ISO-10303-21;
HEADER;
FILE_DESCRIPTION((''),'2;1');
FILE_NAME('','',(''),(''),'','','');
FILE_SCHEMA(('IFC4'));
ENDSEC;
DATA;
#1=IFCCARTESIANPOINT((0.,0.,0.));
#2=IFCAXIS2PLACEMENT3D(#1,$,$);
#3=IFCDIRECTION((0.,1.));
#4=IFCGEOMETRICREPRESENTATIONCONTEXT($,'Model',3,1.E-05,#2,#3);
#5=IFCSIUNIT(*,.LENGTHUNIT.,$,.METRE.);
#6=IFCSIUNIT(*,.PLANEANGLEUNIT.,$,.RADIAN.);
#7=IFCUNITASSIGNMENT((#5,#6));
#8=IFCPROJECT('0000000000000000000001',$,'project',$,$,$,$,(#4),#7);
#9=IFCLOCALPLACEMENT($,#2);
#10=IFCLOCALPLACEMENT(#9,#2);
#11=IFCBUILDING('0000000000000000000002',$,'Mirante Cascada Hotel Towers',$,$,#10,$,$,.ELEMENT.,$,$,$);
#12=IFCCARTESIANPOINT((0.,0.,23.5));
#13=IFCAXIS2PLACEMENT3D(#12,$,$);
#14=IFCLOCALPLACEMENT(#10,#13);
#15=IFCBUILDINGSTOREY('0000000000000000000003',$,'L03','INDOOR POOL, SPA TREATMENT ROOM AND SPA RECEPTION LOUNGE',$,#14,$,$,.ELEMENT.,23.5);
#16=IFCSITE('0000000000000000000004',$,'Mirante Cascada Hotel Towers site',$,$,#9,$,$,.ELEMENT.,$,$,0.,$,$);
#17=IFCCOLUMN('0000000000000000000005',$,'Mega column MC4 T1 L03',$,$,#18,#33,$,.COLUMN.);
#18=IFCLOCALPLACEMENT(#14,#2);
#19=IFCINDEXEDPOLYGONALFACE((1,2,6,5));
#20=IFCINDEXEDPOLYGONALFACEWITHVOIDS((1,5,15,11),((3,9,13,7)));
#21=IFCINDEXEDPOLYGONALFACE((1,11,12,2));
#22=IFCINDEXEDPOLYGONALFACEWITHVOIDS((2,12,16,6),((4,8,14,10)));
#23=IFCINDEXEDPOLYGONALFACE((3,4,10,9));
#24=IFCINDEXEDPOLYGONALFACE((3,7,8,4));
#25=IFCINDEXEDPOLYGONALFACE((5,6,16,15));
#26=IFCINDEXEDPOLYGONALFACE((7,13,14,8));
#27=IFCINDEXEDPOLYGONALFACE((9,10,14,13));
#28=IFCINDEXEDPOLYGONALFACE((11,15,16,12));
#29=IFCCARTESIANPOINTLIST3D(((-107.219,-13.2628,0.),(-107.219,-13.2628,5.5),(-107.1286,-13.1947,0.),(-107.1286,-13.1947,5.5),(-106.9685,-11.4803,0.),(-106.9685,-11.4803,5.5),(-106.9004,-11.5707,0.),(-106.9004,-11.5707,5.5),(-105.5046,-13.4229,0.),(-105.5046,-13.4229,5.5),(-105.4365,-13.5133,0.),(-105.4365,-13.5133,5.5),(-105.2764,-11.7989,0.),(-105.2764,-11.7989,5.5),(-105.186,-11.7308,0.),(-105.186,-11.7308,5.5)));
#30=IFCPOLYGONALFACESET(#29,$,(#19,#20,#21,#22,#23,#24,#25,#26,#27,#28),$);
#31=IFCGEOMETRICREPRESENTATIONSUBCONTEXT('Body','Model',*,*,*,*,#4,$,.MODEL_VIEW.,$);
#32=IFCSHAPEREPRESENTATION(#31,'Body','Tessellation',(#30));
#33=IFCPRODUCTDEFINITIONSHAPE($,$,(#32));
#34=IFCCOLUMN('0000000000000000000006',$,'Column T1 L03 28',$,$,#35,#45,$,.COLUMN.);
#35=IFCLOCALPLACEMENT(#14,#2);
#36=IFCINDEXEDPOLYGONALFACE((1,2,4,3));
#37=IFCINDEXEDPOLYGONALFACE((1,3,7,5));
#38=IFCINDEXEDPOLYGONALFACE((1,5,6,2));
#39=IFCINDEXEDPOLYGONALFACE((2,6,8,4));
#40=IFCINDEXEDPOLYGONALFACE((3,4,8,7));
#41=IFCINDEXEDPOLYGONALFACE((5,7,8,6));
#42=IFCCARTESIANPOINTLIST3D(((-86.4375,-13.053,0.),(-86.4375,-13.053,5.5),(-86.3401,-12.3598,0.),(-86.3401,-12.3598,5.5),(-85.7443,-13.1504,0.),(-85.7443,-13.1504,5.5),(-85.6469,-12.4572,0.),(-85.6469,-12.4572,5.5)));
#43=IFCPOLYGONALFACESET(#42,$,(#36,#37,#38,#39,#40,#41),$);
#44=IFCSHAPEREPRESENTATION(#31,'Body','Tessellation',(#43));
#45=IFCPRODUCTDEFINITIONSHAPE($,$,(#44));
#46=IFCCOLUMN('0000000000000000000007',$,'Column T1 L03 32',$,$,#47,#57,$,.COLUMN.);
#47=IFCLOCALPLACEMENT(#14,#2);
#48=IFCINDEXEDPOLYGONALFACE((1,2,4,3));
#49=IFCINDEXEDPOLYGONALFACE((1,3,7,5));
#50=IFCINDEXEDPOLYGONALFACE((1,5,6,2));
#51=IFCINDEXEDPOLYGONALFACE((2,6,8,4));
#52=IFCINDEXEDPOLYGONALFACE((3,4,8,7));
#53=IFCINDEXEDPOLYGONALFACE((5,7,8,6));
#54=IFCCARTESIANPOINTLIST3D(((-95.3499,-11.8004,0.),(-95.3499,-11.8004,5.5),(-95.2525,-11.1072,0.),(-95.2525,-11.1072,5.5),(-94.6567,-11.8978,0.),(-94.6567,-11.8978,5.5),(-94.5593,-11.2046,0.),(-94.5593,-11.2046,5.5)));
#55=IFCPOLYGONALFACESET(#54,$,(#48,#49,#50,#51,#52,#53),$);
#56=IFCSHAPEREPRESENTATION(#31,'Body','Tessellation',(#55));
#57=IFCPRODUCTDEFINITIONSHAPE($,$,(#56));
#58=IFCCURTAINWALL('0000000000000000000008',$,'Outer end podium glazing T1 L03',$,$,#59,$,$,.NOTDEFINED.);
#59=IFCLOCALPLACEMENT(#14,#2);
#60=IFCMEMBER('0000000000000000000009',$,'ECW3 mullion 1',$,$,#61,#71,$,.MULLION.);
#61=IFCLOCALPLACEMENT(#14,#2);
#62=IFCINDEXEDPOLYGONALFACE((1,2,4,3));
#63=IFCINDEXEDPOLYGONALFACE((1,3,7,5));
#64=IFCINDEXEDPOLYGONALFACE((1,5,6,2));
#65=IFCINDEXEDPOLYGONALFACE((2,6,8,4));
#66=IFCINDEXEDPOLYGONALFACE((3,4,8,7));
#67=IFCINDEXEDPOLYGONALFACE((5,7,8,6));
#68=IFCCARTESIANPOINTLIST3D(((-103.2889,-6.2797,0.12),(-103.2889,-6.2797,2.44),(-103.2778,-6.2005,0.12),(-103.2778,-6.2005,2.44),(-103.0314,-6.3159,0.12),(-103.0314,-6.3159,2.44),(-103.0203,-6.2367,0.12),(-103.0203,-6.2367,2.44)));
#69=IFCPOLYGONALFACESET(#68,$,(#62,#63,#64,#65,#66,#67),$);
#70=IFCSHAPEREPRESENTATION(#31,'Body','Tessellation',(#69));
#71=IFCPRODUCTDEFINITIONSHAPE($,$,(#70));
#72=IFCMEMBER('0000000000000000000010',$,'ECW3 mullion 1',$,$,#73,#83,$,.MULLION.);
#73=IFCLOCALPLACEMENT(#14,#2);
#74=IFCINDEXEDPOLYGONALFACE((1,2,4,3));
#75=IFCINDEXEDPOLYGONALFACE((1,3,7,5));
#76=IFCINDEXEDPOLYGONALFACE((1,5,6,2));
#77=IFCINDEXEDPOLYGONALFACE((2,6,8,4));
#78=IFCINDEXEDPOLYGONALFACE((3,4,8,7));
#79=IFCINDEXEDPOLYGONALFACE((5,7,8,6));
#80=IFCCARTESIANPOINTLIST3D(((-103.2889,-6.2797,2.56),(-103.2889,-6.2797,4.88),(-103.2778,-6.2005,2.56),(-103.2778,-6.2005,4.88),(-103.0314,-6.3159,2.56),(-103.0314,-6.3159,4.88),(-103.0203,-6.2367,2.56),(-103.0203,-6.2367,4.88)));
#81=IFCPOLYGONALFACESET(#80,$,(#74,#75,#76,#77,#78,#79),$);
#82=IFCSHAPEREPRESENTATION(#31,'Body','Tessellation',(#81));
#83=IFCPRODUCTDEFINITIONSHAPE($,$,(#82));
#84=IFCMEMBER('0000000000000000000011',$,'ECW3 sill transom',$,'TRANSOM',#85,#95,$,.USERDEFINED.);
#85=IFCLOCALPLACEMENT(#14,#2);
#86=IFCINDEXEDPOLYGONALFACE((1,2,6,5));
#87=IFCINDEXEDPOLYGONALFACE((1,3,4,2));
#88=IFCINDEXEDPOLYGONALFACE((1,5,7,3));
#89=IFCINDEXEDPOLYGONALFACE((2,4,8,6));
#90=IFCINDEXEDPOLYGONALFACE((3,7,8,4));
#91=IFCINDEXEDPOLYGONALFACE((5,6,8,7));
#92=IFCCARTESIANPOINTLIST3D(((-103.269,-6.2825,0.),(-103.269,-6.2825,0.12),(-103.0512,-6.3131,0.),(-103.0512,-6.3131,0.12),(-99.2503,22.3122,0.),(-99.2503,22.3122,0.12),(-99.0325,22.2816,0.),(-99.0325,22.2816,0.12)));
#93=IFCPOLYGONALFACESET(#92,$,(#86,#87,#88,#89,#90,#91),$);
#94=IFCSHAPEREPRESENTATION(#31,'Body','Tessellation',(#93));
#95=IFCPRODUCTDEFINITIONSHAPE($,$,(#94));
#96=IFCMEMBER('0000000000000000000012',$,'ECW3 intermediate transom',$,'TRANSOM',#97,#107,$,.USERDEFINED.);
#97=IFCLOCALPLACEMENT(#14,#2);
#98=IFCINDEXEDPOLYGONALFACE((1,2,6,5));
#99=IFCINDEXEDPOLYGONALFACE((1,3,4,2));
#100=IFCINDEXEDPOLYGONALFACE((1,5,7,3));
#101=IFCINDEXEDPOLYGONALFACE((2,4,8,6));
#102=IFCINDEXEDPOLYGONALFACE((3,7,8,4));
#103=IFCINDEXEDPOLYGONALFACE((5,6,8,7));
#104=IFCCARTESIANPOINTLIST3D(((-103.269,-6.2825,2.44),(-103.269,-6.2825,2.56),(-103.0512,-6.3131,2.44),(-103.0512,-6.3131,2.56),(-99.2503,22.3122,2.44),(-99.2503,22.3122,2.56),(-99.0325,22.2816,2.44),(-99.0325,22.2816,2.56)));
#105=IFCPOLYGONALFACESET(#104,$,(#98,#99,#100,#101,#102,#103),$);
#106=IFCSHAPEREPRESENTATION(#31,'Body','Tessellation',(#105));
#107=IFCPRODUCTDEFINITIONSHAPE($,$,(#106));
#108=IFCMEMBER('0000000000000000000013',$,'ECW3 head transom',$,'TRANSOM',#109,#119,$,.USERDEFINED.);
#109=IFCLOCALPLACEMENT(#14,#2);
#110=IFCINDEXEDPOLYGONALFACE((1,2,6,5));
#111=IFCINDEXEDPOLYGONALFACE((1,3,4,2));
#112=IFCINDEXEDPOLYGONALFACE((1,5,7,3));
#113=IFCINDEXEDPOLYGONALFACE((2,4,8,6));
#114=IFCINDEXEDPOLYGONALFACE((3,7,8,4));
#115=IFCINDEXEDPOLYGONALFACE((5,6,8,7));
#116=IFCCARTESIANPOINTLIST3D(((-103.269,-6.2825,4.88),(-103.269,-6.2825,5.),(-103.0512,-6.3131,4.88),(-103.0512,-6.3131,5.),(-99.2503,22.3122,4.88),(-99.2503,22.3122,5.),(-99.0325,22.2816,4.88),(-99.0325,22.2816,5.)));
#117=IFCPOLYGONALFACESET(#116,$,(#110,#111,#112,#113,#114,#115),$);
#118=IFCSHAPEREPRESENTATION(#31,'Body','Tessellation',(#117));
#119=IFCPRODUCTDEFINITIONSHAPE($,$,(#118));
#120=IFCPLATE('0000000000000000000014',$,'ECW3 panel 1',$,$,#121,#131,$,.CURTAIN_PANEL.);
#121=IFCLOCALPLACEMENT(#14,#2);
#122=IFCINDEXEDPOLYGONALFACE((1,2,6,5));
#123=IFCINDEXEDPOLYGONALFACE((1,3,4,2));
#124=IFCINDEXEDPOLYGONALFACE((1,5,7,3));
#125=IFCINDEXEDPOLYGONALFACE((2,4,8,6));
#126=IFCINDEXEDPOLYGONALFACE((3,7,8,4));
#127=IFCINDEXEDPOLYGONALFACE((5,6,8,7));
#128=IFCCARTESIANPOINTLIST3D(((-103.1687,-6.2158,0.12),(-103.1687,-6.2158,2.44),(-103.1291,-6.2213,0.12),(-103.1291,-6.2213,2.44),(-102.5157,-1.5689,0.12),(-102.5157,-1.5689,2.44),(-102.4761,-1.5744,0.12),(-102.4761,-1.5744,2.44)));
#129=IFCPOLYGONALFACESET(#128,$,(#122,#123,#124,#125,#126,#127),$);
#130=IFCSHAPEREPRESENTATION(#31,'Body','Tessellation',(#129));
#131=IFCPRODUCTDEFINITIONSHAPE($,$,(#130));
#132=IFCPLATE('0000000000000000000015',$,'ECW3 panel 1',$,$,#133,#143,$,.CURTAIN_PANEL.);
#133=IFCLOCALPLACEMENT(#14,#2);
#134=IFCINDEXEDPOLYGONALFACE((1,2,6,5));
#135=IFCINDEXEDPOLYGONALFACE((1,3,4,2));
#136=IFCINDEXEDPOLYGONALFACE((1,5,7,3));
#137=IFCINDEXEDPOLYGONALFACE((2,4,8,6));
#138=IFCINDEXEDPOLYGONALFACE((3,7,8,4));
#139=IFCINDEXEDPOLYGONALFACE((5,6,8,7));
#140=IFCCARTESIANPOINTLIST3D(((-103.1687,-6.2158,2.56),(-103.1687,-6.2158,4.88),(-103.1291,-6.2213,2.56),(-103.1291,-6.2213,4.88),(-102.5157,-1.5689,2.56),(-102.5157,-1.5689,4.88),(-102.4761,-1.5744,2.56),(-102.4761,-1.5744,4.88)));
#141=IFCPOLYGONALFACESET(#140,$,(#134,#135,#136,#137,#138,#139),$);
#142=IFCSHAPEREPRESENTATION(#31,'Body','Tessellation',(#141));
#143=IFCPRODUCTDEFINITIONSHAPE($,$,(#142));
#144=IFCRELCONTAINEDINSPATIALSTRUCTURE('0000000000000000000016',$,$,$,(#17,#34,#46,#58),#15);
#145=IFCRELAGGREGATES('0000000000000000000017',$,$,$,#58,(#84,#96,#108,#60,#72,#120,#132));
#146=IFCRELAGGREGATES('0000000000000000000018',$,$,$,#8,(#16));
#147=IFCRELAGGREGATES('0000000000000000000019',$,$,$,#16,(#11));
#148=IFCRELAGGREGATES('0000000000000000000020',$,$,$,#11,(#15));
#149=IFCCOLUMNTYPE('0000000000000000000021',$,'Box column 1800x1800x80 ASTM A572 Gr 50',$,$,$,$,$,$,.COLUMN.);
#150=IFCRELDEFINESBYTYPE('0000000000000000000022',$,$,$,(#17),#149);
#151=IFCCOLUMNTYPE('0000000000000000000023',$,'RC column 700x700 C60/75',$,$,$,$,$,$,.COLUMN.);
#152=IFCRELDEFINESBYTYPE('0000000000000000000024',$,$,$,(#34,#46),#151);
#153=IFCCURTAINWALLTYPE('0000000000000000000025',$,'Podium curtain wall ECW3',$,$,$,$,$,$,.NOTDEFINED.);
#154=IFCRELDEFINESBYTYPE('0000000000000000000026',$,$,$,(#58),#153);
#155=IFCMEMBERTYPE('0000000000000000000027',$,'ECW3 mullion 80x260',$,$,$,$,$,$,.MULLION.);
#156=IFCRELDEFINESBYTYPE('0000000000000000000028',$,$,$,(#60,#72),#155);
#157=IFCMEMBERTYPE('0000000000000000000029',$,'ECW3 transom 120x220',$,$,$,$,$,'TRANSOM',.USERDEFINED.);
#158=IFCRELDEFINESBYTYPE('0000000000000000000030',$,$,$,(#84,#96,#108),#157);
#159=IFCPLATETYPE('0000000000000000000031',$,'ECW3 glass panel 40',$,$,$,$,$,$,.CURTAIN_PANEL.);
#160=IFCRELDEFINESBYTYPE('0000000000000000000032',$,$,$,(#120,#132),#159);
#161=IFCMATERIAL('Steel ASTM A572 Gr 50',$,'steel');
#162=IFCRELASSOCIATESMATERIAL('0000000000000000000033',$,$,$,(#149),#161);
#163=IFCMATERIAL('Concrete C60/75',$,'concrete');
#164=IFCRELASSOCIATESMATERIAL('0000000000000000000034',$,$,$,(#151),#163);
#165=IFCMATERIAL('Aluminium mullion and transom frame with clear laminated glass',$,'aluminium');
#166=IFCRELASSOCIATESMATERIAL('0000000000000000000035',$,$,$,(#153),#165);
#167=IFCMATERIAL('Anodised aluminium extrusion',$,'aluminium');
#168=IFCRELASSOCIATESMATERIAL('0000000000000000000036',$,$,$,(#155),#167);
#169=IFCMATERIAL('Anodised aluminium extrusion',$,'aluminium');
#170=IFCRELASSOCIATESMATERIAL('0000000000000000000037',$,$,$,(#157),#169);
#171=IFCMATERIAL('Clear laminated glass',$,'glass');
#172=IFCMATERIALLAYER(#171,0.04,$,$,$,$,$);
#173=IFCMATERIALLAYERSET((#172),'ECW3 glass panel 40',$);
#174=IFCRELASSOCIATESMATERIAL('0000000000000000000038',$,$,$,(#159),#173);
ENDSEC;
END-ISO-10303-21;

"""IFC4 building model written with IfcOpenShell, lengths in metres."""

from ifc_helpers import new_model, si_unit, direction, frame, origin, origin_2d, place, context, subcontext, project, spatial, rectangle, hollow_rectangle, extrude, material, layer, layer_set, material_profile, profile_set, type_object, element, aggregate, save


model = new_model("IFC4")

# Units and contexts
model_context = context("Model", 3, precision=1e-05, world=origin(), true_north=direction((0.0, 1.0)))
body_context = subcontext(model_context, "Body", "Model", "MODEL_VIEW")
ifc_project = project(units=[si_unit("LENGTHUNIT", "METRE"), si_unit("PLANEANGLEUNIT", "RADIAN")], contexts=[model_context])

# Site, building, storey
site_placement = place(None, origin())
site = spatial("IfcSite", under=ifc_project, at=site_placement, Name="Mirante Cascada Hotel Towers site", CompositionType="ELEMENT", RefElevation=0.0)
building_placement = place(site_placement, origin())
building = spatial("IfcBuilding", under=site, at=building_placement, Name="Mirante Cascada Hotel Towers", CompositionType="ELEMENT")
storey_placement = place(building_placement, frame((0.0, 0.0, 23.5)))
storey = spatial("IfcBuildingStorey", under=building, at=storey_placement, Name="L03", Description="INDOOR POOL, SPA TREATMENT ROOM AND SPA RECEPTION LOUNGE", CompositionType="ELEMENT", Elevation=23.5)

# Columns
ifc_material_1 = material(Name="Steel ASTM A572 Gr 50", Category="steel")
ifc_material_profile_1 = material_profile(ifc_material_1, hollow_rectangle(XDim=1.8, YDim=1.8, WallThickness=0.08, at=origin_2d()), Name="Box column 1800x1800x80 ASTM A572 Gr 50")
ifc_profile_set_1 = profile_set([ifc_material_profile_1], Name="Steel ASTM A572 Gr 50")
column_type_1 = type_object("IfcColumnType", Name="Box column 1800x1800x80 ASTM A572 Gr 50", PredefinedType="COLUMN", material=ifc_profile_set_1)
column_placement = place(storey_placement, frame((-106.2025, -12.4968, 0.0), z_axis=(0.0, 0.0, 1.0), x_axis=(-0.990268, 0.139173, 0.0)))
element("IfcColumn", 1, at=column_placement, inside=storey, type_object=column_type_1, Name="Mega column MC4 T1 L03", PredefinedType="COLUMN", context=body_context, shape_type="SweptSolid", body=[
    extrude(hollow_rectangle(XDim=1.8, YDim=1.8, WallThickness=0.08, at=origin_2d()), origin(), (0.0, 0.0, 1.0), 5.5),
])
ifc_material_2 = material(Name="Concrete C60/75", Category="concrete")
ifc_material_profile_2 = material_profile(ifc_material_2, rectangle(XDim=0.7, YDim=0.7, at=origin_2d()), Name="RC column 700x700 C60/75")
ifc_profile_set_2 = profile_set([ifc_material_profile_2], Name="Concrete C60/75")
column_type_2 = type_object("IfcColumnType", Name="RC column 700x700 C60/75", PredefinedType="COLUMN", material=ifc_profile_set_2)
for number, where, z_axis, x_axis, name in (
    (2, (-86.0422, -12.7551, 0.0), (0.0, 0.0, 1.0), (-0.990268, 0.139173, 0.0), "Column T1 L03 28"),
    (3, (-94.9546, -11.5025, 0.0), (0.0, 0.0, 1.0), (-0.990268, 0.139173, 0.0), "Column T1 L03 32"),
):
    element("IfcColumn", number, at=place(storey_placement, frame(where, z_axis=z_axis, x_axis=x_axis)), inside=storey, type_object=column_type_2, Name=name, PredefinedType="COLUMN", context=body_context, shape_type="SweptSolid", body=[
        extrude(rectangle(XDim=0.7, YDim=0.7, at=origin_2d()), origin(), (0.0, 0.0, 1.0), 5.5),
    ])

# Curtain wall, members, plates
ifc_material_3 = material(Name="Aluminium mullion and transom frame with clear laminated glass", Category="aluminium")
curtain_wall_type = type_object("IfcCurtainWallType", Name="Podium curtain wall ECW3", PredefinedType="NOTDEFINED", material=ifc_material_3)
curtain_wall_placement = place(storey_placement, origin())
curtain_wall = element("IfcCurtainWall", 4, at=curtain_wall_placement, inside=storey, type_object=curtain_wall_type, Name="Outer end podium glazing T1 L03", PredefinedType="NOTDEFINED")
ifc_material_4 = material(Name="Anodised aluminium extrusion", Category="aluminium")
ifc_material_profile_3 = material_profile(ifc_material_4, rectangle(XDim=0.26, YDim=0.08, at=origin_2d()), Name="ECW3 MULLION 80x260")
ifc_profile_set_3 = profile_set([ifc_material_profile_3], Name="Anodised aluminium extrusion")
member_type_1 = type_object("IfcMemberType", Name="ECW3 mullion 80x260", PredefinedType="MULLION", material=ifc_profile_set_3)
member_1_placement = place(storey_placement, frame((-103.1546, -6.2582, 0.12), z_axis=(0.0, 0.0, 1.0), x_axis=(-0.990268, 0.139173, 0.0)))
member_1 = element("IfcMember", 5, at=member_1_placement, type_object=member_type_1, Name="ECW3 mullion 1", PredefinedType="MULLION", context=body_context, shape_type="SweptSolid", body=[
    extrude(rectangle(XDim=0.26, YDim=0.08, at=origin_2d()), origin(), (0.0, 0.0, 1.0), 2.32),
])
member_2_placement = place(storey_placement, frame((-103.1546, -6.2582, 2.56), z_axis=(0.0, 0.0, 1.0), x_axis=(-0.990268, 0.139173, 0.0)))
member_2 = element("IfcMember", 6, at=member_2_placement, type_object=member_type_1, Name="ECW3 mullion 1", PredefinedType="MULLION", context=body_context, shape_type="SweptSolid", body=[
    extrude(rectangle(XDim=0.26, YDim=0.08, at=origin_2d()), origin(), (0.0, 0.0, 1.0), 2.32),
])
ifc_material_5 = material(Name="Anodised aluminium extrusion", Category="aluminium")
ifc_material_profile_4 = material_profile(ifc_material_5, rectangle(XDim=0.22, YDim=0.12, at=origin_2d()), Name="ECW3 TRANSOM 120x220")
ifc_profile_set_4 = profile_set([ifc_material_profile_4], Name="Anodised aluminium extrusion")
member_type_2 = type_object("IfcMemberType", Name="ECW3 transom 120x220", ElementType="TRANSOM", PredefinedType="USERDEFINED", material=ifc_profile_set_4)
member_3_placement = place(storey_placement, frame((-103.1601, -6.2978, 0.06), z_axis=(0.139172, 0.990268, 0.0), x_axis=(-0.990268, 0.139172, 0.0)))
member_3 = element("IfcMember", 7, at=member_3_placement, type_object=member_type_2, Name="ECW3 sill transom", ObjectType="TRANSOM", PredefinedType="USERDEFINED", context=body_context, shape_type="SweptSolid", body=[
    extrude(rectangle(XDim=0.22, YDim=0.12, at=origin_2d()), origin(), (0.0, 0.0, 1.0), 28.8757),
])
member_4_placement = place(storey_placement, frame((-103.1601, -6.2978, 2.5), z_axis=(0.139172, 0.990268, 0.0), x_axis=(-0.990268, 0.139172, 0.0)))
member_4 = element("IfcMember", 8, at=member_4_placement, type_object=member_type_2, Name="ECW3 intermediate transom", ObjectType="TRANSOM", PredefinedType="USERDEFINED", context=body_context, shape_type="SweptSolid", body=[
    extrude(rectangle(XDim=0.22, YDim=0.12, at=origin_2d()), origin(), (0.0, 0.0, 1.0), 28.8757),
])
member_5_placement = place(storey_placement, frame((-103.1601, -6.2978, 4.94), z_axis=(0.139172, 0.990268, 0.0), x_axis=(-0.990268, 0.139172, 0.0)))
member_5 = element("IfcMember", 9, at=member_5_placement, type_object=member_type_2, Name="ECW3 head transom", ObjectType="TRANSOM", PredefinedType="USERDEFINED", context=body_context, shape_type="SweptSolid", body=[
    extrude(rectangle(XDim=0.22, YDim=0.12, at=origin_2d()), origin(), (0.0, 0.0, 1.0), 28.8757),
])
ifc_material_6 = material(Name="Clear laminated glass", Category="glass")
ifc_layer_1 = layer(ifc_material_6, 0.04)
ifc_layer_set_1 = layer_set([ifc_layer_1], Name="ECW3 glass panel 40")
plate_type = type_object("IfcPlateType", Name="ECW3 glass panel 40", PredefinedType="CURTAIN_PANEL", material=ifc_layer_set_1)
plate_1_placement = place(storey_placement, frame((-102.8224, -3.8951, 0.12), z_axis=(0.0, 0.0, 1.0), x_axis=(0.139173, 0.990268, 0.0)))
plate_1 = element("IfcPlate", 10, at=plate_1_placement, type_object=plate_type, Name="ECW3 panel 1", PredefinedType="CURTAIN_PANEL", context=body_context, shape_type="SweptSolid", body=[
    extrude(rectangle(XDim=4.6926, YDim=0.04, at=origin_2d()), origin(), (0.0, 0.0, 1.0), 2.32),
])
plate_2_placement = place(storey_placement, frame((-102.8224, -3.8951, 2.56), z_axis=(0.0, 0.0, 1.0), x_axis=(0.139173, 0.990268, 0.0)))
plate_2 = element("IfcPlate", 11, at=plate_2_placement, type_object=plate_type, Name="ECW3 panel 1", PredefinedType="CURTAIN_PANEL", context=body_context, shape_type="SweptSolid", body=[
    extrude(rectangle(XDim=4.6926, YDim=0.04, at=origin_2d()), origin(), (0.0, 0.0, 1.0), 2.32),
])
aggregate(curtain_wall, [member_3, member_4, member_5, member_1, member_2, plate_1, plate_2])

save(model, "model.ifc")
